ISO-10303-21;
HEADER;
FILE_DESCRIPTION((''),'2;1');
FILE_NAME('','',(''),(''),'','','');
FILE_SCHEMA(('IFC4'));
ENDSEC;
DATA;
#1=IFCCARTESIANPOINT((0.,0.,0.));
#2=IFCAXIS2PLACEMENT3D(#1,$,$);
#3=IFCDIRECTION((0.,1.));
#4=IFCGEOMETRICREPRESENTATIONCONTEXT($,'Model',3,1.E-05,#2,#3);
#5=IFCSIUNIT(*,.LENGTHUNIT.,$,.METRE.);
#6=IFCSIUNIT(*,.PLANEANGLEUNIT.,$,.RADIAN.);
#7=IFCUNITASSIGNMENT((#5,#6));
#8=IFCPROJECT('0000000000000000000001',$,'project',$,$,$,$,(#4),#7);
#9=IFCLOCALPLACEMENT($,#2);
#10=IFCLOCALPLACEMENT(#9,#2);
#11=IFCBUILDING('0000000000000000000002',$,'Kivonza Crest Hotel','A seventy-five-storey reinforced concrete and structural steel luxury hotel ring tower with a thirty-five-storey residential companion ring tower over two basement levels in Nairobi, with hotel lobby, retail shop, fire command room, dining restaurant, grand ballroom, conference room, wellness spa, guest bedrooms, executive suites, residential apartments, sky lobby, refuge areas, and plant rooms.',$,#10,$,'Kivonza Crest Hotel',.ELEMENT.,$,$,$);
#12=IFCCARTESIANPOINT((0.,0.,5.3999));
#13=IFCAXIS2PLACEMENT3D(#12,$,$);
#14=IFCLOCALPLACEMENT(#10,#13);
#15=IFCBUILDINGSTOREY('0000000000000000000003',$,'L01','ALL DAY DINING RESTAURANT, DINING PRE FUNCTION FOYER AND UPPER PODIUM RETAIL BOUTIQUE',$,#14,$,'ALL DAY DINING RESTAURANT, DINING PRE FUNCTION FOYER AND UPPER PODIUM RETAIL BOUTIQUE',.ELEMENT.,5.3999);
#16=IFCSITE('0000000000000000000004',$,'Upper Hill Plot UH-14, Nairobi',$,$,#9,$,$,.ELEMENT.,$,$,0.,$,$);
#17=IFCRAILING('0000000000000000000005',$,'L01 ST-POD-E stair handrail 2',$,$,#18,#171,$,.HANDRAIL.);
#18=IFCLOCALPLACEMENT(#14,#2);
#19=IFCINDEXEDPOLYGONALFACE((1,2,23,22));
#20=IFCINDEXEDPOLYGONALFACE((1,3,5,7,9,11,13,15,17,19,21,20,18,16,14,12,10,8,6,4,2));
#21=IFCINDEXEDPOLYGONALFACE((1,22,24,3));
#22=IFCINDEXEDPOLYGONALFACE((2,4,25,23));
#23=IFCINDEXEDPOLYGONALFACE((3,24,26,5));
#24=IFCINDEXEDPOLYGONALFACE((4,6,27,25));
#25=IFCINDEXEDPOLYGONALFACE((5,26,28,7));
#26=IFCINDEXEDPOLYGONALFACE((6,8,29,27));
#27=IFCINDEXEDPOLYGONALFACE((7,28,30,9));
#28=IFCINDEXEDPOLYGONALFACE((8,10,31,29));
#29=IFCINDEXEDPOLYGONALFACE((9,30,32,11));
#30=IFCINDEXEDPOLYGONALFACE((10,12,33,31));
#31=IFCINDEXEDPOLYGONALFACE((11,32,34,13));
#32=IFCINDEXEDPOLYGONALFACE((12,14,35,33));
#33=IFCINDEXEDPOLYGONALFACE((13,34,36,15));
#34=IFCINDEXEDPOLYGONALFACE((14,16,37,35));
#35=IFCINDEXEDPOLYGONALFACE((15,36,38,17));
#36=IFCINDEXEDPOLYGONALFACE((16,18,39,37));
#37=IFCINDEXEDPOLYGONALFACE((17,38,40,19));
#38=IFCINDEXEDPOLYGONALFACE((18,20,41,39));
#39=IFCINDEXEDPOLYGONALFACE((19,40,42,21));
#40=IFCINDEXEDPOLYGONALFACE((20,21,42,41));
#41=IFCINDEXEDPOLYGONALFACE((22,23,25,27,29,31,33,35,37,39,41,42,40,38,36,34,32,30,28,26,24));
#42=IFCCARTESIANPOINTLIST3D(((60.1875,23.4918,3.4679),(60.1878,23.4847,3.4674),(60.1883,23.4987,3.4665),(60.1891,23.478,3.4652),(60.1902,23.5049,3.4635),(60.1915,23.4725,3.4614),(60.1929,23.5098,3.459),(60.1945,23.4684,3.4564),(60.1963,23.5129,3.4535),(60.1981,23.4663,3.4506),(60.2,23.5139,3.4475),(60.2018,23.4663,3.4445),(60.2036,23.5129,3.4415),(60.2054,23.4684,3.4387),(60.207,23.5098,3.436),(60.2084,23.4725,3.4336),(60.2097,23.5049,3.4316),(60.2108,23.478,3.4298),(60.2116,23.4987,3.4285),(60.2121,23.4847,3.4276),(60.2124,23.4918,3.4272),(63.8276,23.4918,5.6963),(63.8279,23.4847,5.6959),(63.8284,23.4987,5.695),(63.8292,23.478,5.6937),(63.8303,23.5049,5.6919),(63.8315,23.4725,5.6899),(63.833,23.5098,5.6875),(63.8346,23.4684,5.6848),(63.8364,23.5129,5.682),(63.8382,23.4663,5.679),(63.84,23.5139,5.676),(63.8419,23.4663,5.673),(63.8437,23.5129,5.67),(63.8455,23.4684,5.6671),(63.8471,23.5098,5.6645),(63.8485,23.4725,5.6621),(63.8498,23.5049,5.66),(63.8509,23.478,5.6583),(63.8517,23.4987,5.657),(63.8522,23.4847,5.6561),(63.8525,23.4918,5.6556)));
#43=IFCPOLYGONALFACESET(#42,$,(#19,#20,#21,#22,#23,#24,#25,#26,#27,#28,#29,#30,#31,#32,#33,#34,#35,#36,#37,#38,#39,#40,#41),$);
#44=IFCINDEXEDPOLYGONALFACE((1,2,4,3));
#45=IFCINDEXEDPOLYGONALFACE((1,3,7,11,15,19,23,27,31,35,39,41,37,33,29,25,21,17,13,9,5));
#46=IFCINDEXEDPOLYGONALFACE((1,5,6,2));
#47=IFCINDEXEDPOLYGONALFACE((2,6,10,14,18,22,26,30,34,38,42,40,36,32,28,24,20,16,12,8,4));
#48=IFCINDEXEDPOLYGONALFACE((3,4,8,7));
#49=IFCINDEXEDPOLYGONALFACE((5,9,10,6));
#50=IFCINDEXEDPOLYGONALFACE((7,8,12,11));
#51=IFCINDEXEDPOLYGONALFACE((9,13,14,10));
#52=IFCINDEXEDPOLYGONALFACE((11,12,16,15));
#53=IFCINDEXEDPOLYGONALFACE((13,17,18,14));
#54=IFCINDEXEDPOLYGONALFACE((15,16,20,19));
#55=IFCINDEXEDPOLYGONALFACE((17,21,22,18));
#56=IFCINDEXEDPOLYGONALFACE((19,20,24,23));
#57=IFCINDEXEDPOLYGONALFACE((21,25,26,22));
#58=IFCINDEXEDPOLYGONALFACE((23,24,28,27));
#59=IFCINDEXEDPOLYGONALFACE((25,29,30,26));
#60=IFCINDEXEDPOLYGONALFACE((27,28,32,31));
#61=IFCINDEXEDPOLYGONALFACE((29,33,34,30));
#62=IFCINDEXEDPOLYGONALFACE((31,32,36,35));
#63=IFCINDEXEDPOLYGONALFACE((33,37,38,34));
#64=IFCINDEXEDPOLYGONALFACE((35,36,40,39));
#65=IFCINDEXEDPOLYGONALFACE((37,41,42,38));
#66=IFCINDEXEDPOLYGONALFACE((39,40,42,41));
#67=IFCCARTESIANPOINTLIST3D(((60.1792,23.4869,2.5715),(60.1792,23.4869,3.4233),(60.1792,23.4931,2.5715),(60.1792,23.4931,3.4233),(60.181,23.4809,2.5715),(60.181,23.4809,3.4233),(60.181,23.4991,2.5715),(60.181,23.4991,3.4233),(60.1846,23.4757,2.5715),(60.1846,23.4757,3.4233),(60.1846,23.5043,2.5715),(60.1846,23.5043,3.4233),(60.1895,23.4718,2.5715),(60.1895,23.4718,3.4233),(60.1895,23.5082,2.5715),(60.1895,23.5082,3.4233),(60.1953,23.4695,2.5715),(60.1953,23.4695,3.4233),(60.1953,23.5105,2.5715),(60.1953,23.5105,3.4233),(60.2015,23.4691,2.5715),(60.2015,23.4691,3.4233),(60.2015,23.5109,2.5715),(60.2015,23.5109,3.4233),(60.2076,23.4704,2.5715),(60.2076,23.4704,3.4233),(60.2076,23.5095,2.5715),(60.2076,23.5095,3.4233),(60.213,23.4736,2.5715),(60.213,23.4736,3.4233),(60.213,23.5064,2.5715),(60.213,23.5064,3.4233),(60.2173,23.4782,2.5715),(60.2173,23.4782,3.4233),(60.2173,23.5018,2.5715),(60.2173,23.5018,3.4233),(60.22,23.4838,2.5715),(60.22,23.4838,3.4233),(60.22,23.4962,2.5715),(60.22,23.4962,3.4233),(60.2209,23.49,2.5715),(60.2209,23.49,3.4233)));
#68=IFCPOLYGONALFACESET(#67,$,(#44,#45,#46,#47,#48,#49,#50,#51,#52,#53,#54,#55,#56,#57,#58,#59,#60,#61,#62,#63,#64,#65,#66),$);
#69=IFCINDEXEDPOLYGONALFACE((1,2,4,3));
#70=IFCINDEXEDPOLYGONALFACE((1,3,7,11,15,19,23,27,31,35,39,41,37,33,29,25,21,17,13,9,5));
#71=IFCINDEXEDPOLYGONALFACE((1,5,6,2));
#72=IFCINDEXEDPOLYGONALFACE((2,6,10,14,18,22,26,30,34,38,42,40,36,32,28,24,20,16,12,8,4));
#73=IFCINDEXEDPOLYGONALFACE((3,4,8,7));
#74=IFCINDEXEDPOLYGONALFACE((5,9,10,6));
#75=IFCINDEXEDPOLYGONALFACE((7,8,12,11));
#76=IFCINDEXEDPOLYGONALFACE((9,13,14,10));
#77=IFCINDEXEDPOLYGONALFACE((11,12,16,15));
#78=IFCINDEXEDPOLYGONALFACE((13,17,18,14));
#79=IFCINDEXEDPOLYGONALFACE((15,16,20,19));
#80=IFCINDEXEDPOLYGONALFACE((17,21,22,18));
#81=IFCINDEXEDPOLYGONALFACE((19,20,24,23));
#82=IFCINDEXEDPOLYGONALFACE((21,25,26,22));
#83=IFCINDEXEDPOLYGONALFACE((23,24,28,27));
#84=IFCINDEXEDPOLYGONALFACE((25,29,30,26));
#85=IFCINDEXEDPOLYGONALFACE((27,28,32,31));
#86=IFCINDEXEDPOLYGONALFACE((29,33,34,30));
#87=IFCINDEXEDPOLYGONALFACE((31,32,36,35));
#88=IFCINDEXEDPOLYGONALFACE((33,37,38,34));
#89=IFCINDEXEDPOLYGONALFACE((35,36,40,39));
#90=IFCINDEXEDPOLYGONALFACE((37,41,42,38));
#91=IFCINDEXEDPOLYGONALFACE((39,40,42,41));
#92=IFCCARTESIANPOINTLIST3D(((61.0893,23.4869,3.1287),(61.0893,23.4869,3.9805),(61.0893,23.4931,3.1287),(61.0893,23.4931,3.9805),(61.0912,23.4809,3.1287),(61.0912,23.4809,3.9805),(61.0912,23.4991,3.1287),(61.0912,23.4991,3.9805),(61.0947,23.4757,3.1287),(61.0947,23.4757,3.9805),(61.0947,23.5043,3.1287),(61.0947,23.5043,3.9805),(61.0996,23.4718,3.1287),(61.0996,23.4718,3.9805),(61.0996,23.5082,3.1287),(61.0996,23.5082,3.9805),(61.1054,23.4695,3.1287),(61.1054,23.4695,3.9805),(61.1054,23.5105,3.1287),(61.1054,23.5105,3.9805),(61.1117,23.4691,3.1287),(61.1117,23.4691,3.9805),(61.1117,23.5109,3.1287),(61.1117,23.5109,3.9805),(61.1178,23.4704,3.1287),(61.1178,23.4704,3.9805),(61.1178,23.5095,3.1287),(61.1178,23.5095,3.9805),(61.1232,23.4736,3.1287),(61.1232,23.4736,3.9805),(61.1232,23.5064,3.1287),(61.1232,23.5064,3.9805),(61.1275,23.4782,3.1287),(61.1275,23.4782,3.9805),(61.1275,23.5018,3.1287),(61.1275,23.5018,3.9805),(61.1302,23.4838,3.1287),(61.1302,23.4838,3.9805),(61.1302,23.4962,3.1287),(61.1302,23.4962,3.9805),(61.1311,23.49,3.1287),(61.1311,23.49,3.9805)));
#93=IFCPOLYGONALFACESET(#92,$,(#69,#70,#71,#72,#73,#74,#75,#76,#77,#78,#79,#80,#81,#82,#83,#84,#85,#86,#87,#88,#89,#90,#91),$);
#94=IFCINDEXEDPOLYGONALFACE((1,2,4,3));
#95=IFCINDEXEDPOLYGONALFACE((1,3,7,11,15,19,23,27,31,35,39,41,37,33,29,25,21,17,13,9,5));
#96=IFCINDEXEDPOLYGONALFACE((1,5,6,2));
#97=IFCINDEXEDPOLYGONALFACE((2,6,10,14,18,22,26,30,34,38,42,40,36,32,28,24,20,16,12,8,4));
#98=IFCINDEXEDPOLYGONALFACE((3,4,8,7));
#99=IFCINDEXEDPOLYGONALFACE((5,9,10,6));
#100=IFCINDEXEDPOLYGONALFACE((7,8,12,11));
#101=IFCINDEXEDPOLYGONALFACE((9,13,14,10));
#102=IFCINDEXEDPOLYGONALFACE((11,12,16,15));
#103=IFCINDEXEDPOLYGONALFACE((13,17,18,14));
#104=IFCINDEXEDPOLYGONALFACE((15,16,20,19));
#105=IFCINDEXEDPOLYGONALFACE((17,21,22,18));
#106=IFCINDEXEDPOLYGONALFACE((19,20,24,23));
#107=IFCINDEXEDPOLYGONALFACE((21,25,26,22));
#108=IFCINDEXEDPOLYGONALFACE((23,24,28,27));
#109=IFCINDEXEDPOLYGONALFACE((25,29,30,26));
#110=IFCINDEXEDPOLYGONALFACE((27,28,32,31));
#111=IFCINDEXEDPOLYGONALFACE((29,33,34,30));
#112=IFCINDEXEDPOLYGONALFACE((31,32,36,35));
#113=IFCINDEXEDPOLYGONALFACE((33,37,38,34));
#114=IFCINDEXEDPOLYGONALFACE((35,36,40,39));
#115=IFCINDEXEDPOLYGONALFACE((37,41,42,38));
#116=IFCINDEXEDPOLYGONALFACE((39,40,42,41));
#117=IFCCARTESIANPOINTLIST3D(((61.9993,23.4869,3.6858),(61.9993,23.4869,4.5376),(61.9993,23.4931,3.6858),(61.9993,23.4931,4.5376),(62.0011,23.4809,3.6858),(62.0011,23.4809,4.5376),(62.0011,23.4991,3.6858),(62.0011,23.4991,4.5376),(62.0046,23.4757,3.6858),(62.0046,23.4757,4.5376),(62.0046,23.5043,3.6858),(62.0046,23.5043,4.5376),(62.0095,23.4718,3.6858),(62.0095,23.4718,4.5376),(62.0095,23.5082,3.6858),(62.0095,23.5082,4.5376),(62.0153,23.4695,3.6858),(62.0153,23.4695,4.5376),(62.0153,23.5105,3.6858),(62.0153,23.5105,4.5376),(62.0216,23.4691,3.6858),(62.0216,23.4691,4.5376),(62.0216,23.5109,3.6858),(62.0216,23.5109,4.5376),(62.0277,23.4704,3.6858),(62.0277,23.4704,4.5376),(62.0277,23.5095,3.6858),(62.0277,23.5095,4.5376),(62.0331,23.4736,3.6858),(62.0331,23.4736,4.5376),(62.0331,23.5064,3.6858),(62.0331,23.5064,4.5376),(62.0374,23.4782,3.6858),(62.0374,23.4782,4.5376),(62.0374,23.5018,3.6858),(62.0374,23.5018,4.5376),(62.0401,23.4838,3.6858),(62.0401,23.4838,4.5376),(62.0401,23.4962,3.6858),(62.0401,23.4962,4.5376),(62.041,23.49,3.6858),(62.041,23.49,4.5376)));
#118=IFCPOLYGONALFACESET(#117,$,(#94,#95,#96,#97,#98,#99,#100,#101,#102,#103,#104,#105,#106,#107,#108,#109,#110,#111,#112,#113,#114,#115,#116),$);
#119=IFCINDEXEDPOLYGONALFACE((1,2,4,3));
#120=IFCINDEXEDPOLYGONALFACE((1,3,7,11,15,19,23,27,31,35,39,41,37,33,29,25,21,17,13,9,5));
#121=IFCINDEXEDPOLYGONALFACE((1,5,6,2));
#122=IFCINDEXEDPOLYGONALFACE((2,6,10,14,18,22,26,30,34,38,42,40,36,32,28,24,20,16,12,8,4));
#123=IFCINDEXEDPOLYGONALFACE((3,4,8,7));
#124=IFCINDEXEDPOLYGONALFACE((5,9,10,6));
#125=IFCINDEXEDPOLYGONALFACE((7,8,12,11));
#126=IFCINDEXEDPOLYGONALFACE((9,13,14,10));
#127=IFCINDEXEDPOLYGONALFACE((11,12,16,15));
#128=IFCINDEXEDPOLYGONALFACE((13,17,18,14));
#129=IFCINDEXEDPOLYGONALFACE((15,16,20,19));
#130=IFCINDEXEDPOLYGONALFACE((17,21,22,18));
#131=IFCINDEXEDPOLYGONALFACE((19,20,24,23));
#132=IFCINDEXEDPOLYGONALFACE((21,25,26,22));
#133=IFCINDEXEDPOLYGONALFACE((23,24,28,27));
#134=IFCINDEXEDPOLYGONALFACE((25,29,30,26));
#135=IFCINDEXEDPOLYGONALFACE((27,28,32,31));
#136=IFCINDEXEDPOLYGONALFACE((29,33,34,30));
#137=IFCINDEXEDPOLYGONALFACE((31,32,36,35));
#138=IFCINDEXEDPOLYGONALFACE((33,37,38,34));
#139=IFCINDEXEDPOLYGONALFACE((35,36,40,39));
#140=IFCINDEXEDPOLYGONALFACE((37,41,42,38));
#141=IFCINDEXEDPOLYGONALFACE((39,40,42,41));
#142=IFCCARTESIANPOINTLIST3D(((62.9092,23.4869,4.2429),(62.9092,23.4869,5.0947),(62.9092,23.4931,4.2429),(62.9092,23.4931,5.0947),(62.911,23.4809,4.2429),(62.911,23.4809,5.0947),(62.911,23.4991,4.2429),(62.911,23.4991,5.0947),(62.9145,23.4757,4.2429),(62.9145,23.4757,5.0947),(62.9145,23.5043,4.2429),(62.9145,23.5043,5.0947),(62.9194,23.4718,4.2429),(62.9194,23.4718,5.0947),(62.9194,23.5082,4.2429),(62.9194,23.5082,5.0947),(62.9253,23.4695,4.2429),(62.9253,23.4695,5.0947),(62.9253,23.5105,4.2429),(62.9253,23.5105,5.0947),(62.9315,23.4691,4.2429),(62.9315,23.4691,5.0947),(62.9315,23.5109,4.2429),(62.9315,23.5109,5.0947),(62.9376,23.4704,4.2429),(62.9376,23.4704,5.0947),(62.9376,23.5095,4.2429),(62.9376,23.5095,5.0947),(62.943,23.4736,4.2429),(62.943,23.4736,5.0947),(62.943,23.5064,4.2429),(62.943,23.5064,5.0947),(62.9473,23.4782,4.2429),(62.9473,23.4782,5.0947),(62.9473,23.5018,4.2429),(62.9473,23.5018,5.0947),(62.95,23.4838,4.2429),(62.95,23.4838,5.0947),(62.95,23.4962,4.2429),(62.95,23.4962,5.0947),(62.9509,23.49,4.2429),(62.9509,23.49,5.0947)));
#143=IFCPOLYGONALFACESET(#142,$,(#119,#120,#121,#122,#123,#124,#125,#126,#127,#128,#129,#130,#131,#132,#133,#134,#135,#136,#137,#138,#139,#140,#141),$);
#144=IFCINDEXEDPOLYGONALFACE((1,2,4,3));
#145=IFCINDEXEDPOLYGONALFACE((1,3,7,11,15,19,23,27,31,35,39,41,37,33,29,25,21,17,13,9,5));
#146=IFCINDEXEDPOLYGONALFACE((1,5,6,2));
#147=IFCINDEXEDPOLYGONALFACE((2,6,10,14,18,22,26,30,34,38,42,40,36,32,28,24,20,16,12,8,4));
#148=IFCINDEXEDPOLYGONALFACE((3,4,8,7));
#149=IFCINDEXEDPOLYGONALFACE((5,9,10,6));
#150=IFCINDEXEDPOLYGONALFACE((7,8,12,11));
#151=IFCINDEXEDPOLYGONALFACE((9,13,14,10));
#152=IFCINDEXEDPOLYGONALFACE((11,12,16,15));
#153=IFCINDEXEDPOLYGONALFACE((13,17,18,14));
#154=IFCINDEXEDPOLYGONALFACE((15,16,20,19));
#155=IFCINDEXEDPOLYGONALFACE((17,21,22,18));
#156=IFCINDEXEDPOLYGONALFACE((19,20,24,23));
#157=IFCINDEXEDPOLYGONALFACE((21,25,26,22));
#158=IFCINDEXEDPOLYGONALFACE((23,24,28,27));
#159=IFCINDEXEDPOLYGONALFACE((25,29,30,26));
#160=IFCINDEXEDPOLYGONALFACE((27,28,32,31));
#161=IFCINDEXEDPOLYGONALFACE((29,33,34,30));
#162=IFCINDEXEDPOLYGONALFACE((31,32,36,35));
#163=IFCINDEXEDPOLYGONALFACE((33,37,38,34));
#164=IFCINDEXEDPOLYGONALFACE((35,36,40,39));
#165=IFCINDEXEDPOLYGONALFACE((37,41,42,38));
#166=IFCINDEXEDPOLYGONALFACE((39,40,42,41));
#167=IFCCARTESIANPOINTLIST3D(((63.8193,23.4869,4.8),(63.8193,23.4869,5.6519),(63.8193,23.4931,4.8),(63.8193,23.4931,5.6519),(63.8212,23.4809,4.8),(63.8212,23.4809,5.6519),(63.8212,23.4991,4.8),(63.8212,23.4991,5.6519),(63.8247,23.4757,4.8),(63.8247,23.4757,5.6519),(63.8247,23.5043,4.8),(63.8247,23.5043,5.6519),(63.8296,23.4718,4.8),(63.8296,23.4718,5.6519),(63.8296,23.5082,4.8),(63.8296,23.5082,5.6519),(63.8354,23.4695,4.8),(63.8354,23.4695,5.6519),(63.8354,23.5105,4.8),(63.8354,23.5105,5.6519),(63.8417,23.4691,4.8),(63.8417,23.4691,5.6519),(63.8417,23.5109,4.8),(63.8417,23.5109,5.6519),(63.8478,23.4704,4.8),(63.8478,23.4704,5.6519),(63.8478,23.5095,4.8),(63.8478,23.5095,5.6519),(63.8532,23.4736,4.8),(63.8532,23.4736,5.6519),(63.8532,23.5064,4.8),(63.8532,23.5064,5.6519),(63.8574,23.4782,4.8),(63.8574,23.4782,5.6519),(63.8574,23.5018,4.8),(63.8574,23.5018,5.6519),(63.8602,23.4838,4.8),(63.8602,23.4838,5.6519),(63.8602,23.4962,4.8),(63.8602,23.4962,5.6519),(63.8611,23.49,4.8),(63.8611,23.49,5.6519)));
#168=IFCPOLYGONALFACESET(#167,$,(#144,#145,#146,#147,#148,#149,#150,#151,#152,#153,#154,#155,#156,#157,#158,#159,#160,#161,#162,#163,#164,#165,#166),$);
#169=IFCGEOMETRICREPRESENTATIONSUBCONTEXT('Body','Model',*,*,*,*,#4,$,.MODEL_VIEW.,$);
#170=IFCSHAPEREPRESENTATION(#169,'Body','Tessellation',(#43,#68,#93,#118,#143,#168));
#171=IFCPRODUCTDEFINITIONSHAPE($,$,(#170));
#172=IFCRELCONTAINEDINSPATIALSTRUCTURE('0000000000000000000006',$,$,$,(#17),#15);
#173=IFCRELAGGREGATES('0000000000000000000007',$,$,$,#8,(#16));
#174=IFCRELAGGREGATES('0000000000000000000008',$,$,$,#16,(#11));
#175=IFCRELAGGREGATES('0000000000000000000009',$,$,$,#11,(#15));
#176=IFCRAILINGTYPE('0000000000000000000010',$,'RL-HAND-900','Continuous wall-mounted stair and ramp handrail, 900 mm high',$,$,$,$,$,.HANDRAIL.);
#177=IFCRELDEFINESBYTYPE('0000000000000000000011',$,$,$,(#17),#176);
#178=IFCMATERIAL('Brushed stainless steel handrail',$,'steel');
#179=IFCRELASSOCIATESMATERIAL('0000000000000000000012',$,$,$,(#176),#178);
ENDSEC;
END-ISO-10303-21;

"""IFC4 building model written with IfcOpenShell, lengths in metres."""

from ifc_helpers import new_model, si_unit, direction, frame, origin, origin_2d, place, context, subcontext, project, spatial, circle, extrude, material, type_object, element, save


model = new_model("IFC4")

# Units and contexts
model_context = context("Model", 3, precision=1e-05, world=origin(), true_north=direction((0.0, 1.0)))
body_context = subcontext(model_context, "Body", "Model", "MODEL_VIEW")
ifc_project = project(units=[si_unit("LENGTHUNIT", "METRE"), si_unit("PLANEANGLEUNIT", "RADIAN")], contexts=[model_context])

# Site, building, storey
site_placement = place(None, origin())
site = spatial("IfcSite", under=ifc_project, at=site_placement, Name="Upper Hill Plot UH-14, Nairobi", CompositionType="ELEMENT", RefElevation=0.0)
building_placement = place(site_placement, origin())
building = spatial("IfcBuilding", under=site, at=building_placement, Name="Kivonza Crest Hotel", Description="A seventy-five-storey reinforced concrete and structural steel luxury hotel ring tower with a thirty-five-storey residential companion ring tower over two basement levels in Nairobi, with hotel lobby, retail shop, fire command room, dining restaurant, grand ballroom, conference room, wellness spa, guest bedrooms, executive suites, residential apartments, sky lobby, refuge areas, and plant rooms.", LongName="Kivonza Crest Hotel", CompositionType="ELEMENT")
storey_placement = place(building_placement, frame((0.0, 0.0, 5.3999)))
storey = spatial("IfcBuildingStorey", under=building, at=storey_placement, Name="L01", Description="ALL DAY DINING RESTAURANT, DINING PRE FUNCTION FOYER AND UPPER PODIUM RETAIL BOUTIQUE", LongName="ALL DAY DINING RESTAURANT, DINING PRE FUNCTION FOYER AND UPPER PODIUM RETAIL BOUTIQUE", CompositionType="ELEMENT", Elevation=5.3999)

# Railing
ifc_material_1 = material(Name="Brushed stainless steel handrail", Category="steel")
railing_type_1 = type_object("IfcRailingType", Name="RL-HAND-900", Description="Continuous wall-mounted stair and ramp handrail, 900 mm high", PredefinedType="HANDRAIL", material=ifc_material_1)
railing_1_placement = place(storey_placement, frame((60.2, 23.49, 2.5715)))
element("IfcRailing", 1, at=railing_1_placement, inside=storey, type_object=railing_type_1, Name="L01 ST-POD-E stair handrail 2", PredefinedType="HANDRAIL", context=body_context, shape_type="SweptSolid", body=[
    extrude(circle(Radius=0.0239, at=origin_2d()), frame((0.0, 0.0, 0.876), z_axis=(0.852866, 0.0, 0.52213), x_axis=(0.0, 1.0, 0.0)), (0.0, 0.0, 1.0), 4.2681),
    extrude(circle(Radius=0.021, at=origin_2d()), origin(), (0.0, 0.0, 1.0), 0.8518),
    extrude(circle(Radius=0.021, at=origin_2d()), frame((0.9102, 0.0, 0.5571)), (0.0, 0.0, 1.0), 0.8518),
    extrude(circle(Radius=0.021, at=origin_2d()), frame((1.8201, 0.0, 1.1143)), (0.0, 0.0, 1.0), 0.8518),
    extrude(circle(Radius=0.021, at=origin_2d()), frame((2.73, 0.0, 1.6714)), (0.0, 0.0, 1.0), 0.8518),
    extrude(circle(Radius=0.021, at=origin_2d()), frame((3.6401, 0.0, 2.2285)), (0.0, 0.0, 1.0), 0.8518),
])

save(model, "model.ifc")
